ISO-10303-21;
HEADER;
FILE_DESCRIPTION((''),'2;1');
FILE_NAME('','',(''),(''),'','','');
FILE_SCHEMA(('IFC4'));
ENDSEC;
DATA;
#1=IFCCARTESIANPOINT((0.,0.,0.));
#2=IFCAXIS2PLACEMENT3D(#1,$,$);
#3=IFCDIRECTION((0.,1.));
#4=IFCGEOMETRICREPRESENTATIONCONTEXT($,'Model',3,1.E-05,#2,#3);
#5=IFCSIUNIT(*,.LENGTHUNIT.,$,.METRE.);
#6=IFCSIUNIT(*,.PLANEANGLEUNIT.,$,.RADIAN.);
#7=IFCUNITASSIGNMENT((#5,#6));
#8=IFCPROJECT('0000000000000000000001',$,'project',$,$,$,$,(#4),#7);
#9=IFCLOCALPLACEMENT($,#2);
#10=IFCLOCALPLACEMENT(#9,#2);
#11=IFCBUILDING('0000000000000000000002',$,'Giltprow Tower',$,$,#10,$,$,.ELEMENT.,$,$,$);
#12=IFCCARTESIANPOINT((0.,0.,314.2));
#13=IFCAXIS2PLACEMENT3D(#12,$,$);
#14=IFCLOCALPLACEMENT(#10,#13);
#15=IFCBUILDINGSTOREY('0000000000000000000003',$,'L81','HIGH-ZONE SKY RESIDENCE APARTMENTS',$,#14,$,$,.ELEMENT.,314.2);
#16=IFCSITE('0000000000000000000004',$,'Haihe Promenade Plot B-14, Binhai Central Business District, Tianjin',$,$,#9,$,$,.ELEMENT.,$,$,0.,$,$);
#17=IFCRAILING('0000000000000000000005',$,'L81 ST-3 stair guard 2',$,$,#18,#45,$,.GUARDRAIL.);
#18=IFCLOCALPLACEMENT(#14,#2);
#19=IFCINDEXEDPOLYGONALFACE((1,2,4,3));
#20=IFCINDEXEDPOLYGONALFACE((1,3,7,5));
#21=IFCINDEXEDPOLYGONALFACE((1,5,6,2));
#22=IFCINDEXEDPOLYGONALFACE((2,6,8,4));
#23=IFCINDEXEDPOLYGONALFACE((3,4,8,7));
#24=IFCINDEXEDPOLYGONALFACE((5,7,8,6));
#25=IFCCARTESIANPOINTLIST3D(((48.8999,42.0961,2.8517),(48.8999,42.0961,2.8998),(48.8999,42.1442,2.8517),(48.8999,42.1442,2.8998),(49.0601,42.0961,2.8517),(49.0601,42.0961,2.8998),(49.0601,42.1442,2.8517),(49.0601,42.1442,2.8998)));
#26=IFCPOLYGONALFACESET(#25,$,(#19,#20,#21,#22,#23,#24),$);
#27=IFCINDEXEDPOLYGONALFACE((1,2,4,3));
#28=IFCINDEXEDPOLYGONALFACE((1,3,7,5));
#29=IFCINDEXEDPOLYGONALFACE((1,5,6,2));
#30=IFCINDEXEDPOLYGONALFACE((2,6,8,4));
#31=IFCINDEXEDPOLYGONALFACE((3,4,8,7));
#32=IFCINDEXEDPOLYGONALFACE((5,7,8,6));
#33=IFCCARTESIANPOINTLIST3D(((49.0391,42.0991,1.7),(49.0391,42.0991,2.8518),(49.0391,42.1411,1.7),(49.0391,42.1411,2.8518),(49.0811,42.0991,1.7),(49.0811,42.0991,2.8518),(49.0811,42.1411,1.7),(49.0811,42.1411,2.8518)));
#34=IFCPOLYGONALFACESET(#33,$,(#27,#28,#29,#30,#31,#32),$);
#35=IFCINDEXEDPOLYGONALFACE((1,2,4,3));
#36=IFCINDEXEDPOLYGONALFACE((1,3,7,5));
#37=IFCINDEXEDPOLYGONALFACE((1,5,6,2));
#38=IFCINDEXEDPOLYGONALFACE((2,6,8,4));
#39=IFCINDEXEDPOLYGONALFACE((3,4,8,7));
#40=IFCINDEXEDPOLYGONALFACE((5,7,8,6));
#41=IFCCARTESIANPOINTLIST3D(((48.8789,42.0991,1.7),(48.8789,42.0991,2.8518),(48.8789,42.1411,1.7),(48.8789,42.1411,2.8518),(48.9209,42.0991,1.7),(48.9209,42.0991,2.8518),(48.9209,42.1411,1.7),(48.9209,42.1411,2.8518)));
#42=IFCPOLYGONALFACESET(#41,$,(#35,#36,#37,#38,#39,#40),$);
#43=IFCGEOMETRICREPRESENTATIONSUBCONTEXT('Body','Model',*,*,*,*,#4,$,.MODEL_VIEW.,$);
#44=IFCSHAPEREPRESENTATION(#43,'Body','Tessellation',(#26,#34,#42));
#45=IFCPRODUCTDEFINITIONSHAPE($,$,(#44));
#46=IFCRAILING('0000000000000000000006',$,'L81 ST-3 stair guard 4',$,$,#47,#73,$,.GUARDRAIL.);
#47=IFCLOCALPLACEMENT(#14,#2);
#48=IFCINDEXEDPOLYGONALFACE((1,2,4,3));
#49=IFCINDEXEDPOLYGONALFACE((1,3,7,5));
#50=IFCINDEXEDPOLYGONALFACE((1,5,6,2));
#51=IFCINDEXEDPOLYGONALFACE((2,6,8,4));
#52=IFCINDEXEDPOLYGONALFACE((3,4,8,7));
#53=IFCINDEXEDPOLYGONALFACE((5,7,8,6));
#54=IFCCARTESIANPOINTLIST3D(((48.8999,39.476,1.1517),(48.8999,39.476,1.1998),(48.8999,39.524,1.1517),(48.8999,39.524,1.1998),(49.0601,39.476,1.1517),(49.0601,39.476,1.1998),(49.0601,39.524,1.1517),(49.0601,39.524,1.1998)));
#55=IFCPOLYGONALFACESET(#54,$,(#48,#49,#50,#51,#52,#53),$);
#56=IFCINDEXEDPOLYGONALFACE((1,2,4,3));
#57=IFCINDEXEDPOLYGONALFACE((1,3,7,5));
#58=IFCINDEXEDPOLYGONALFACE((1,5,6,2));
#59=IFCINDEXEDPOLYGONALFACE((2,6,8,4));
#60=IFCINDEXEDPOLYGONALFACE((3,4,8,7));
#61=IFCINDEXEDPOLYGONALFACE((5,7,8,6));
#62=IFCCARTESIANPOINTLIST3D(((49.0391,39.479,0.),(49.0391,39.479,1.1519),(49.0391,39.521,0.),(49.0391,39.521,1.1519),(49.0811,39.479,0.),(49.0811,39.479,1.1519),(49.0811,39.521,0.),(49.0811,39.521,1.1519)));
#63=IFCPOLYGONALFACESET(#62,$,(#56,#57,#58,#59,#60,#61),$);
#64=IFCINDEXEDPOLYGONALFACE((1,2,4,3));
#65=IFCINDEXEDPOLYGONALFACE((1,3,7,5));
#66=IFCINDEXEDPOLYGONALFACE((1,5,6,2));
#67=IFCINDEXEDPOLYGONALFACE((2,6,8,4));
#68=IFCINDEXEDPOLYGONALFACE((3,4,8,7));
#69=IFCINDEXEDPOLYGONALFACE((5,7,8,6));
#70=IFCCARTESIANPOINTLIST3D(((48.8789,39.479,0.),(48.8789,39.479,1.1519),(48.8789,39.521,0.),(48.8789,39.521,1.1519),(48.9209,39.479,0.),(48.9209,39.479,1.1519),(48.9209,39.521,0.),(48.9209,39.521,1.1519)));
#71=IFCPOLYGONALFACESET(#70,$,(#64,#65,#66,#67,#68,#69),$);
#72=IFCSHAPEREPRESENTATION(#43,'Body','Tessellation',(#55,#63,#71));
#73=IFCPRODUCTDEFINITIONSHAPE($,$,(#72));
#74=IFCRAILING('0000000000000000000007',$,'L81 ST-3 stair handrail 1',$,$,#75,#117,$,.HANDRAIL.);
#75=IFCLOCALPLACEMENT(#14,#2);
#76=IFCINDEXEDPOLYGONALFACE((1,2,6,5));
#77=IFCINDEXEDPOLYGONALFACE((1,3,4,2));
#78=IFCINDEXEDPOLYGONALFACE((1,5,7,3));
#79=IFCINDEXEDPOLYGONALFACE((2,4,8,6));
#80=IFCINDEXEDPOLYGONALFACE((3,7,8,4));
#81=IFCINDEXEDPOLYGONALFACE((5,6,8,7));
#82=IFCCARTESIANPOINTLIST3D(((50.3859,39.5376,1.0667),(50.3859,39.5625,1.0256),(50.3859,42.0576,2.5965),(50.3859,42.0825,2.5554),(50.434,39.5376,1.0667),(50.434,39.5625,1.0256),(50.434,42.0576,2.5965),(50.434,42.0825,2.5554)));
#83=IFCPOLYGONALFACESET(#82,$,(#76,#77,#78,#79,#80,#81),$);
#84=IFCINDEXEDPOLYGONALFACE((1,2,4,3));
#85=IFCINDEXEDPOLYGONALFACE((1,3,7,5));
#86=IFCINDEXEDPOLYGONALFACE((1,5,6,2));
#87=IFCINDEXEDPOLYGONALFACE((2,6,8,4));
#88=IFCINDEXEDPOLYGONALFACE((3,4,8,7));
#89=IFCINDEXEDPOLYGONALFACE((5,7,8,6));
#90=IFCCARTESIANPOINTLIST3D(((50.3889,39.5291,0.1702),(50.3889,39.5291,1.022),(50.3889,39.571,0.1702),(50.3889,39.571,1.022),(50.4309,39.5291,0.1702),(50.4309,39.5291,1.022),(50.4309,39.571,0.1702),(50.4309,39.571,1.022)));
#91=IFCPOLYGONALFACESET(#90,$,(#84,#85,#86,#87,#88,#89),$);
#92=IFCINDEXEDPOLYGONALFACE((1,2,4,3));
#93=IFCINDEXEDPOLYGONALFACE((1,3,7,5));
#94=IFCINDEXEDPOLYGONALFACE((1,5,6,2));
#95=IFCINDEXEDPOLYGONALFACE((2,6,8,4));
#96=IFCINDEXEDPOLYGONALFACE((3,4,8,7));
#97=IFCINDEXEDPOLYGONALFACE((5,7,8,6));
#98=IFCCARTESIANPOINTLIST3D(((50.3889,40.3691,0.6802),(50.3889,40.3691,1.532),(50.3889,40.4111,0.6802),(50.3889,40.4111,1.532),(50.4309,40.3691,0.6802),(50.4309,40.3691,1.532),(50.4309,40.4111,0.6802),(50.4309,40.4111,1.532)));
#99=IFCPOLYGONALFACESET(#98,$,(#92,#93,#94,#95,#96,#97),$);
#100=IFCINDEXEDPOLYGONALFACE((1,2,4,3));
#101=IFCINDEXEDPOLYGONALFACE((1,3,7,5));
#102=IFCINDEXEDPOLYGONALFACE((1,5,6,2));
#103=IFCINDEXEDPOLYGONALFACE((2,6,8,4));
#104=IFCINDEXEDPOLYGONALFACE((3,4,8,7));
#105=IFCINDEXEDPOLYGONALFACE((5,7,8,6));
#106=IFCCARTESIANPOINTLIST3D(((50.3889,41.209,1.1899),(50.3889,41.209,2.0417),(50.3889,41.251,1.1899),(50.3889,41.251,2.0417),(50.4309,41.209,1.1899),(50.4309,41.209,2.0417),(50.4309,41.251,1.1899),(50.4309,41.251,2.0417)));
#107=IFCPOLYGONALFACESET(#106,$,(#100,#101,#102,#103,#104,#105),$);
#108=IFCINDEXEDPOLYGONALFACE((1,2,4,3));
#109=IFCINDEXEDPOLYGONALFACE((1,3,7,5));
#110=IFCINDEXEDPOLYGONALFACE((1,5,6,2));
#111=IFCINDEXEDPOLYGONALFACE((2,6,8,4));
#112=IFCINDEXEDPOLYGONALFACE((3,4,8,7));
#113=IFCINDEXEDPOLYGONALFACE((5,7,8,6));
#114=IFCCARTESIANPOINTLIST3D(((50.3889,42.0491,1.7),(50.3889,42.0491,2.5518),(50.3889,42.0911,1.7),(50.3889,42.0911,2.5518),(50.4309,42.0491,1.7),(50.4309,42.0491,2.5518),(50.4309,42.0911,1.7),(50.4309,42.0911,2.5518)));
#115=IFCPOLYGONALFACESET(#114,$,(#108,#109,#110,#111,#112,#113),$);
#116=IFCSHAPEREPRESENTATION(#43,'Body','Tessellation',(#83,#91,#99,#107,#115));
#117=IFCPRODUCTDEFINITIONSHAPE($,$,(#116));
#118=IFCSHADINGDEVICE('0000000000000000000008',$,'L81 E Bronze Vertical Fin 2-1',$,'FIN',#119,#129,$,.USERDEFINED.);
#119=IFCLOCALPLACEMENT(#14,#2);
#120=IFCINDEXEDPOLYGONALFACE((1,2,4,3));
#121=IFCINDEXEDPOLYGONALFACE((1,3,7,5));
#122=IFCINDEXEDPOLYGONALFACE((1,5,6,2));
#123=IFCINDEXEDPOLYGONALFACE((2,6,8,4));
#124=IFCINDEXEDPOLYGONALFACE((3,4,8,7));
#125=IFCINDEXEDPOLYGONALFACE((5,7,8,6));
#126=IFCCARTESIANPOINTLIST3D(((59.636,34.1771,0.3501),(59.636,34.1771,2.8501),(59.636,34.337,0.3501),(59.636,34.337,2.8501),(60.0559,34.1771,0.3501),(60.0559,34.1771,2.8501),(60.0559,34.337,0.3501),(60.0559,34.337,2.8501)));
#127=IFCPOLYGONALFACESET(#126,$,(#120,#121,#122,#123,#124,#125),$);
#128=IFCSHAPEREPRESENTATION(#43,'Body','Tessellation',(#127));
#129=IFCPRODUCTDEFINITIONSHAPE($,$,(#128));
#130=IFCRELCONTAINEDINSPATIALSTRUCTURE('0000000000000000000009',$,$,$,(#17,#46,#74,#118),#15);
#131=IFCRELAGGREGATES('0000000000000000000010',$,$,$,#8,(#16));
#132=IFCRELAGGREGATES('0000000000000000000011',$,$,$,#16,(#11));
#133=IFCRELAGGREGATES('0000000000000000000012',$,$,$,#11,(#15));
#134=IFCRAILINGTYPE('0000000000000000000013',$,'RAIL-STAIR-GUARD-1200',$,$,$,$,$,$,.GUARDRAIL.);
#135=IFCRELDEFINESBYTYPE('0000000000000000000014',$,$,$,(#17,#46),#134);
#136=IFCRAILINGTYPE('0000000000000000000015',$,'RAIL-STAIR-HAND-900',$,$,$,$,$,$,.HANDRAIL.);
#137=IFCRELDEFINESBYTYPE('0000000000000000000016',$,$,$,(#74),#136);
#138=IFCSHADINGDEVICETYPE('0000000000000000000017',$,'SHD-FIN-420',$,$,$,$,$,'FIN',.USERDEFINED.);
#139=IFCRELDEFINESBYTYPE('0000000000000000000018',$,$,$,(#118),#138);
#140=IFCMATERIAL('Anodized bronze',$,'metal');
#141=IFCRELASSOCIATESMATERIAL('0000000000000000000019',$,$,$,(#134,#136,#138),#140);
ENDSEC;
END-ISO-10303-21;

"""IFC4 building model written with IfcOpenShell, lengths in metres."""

from ifc_helpers import new_model, si_unit, direction, frame, origin, origin_2d, place, context, subcontext, project, spatial, rectangle, extrude, source, transform, mapped, material, type_object, element, save


model = new_model("IFC4")

# Units and contexts
model_context = context("Model", 3, precision=1e-05, world=origin(), true_north=direction((0.0, 1.0)))
body_context = subcontext(model_context, "Body", "Model", "MODEL_VIEW")
ifc_project = project(units=[si_unit("LENGTHUNIT", "METRE"), si_unit("PLANEANGLEUNIT", "RADIAN")], contexts=[model_context])

# Site, building, storey
site_placement = place(None, origin())
site = spatial("IfcSite", under=ifc_project, at=site_placement, Name="Haihe Promenade Plot B-14, Binhai Central Business District, Tianjin", CompositionType="ELEMENT", RefElevation=0.0)
building_placement = place(site_placement, origin())
building = spatial("IfcBuilding", under=site, at=building_placement, Name="Giltprow Tower", CompositionType="ELEMENT")
storey_placement = place(building_placement, frame((0.0, 0.0, 314.2)))
storey = spatial("IfcBuildingStorey", under=building, at=storey_placement, Name="L81", Description="HIGH-ZONE SKY RESIDENCE APARTMENTS", CompositionType="ELEMENT", Elevation=314.2)

# Railings
ifc_material_1 = material(Name="Anodized bronze", Category="metal")
railing_type_1 = type_object("IfcRailingType", Name="RAIL-STAIR-GUARD-1200", PredefinedType="GUARDRAIL", material=ifc_material_1)
for number, where, name in (
    (1, (49.0601, 42.1201, 1.7), "L81 ST-3 stair guard 2"),
    (2, (49.0601, 39.5, 0.0), "L81 ST-3 stair guard 4"),
):
    element("IfcRailing", number, at=place(storey_placement, frame(where)), inside=storey, type_object=railing_type_1, Name=name, PredefinedType="GUARDRAIL", context=body_context, shape_type="SweptSolid", body=[
        extrude(rectangle(XDim=0.0481, YDim=0.0481, at=origin_2d()), frame((0.0, 0.0, 1.1758), z_axis=(-1.0, 0.0, 0.0), x_axis=(0.0, -1.0, 0.0)), (0.0, 0.0, 1.0), 0.1602),
        extrude(rectangle(XDim=0.042, YDim=0.042, at=origin_2d()), origin(), (0.0, 0.0, 1.0), 1.1519),
        extrude(rectangle(XDim=0.042, YDim=0.042, at=origin_2d()), frame((-0.1602, 0.0, 0.0)), (0.0, 0.0, 1.0), 1.1519),
    ])
railing_type_2 = type_object("IfcRailingType", Name="RAIL-STAIR-HAND-900", PredefinedType="HANDRAIL", material=ifc_material_1)
railing_1_placement = place(storey_placement, frame((50.4099, 39.55, 0.1702)))
element("IfcRailing", 3, at=railing_1_placement, inside=storey, type_object=railing_type_2, Name="L81 ST-3 stair handrail 1", PredefinedType="HANDRAIL", context=body_context, shape_type="SweptSolid", body=[
    extrude(rectangle(XDim=0.0481, YDim=0.0481, at=origin_2d()), frame((0.0, 0.0, 0.876), z_axis=(0.0, 0.854822, 0.518922), x_axis=(-1.0, 0.0, 0.0)), (0.0, 0.0, 1.0), 2.948),
    extrude(rectangle(XDim=0.042, YDim=0.042, at=origin_2d()), origin(), (0.0, 0.0, 1.0), 0.8518),
    extrude(rectangle(XDim=0.042, YDim=0.042, at=origin_2d()), frame((0.0, 0.8401, 0.51)), (0.0, 0.0, 1.0), 0.8518),
    extrude(rectangle(XDim=0.042, YDim=0.042, at=origin_2d()), frame((0.0, 1.6799, 1.0198)), (0.0, 0.0, 1.0), 0.8518),
    extrude(rectangle(XDim=0.042, YDim=0.042, at=origin_2d()), frame((0.0, 2.52, 1.5298)), (0.0, 0.0, 1.0), 0.8518),
])

# Shading device
shading_device_type = type_object("IfcShadingDeviceType", Name="SHD-FIN-420", ElementType="FIN", PredefinedType="USERDEFINED", material=ifc_material_1)
shared_shape_1 = source(origin(), body_context, "Body", "SweptSolid", [
    extrude(rectangle(XDim=0.4199, YDim=0.1599, at=origin_2d()), origin(), (0.0, 0.0, 1.0), 2.5),
])
shading_device_placement = place(storey_placement, frame((59.8459, 34.2571, 0.3501), z_axis=(0.0, 0.0, 1.0), x_axis=(1.0, 0.0, 0.0)))
element("IfcShadingDevice", 4, at=shading_device_placement, inside=storey, type_object=shading_device_type, Name="L81 E Bronze Vertical Fin 2-1", ObjectType="FIN", PredefinedType="USERDEFINED", context=body_context, shape_type="MappedRepresentation", body=[
    mapped(shared_shape_1, transform((0.0, 0.0, 0.0), x_axis=(1.0, 0.0, 0.0), y_axis=(0.0, 1.0, 0.0), z_axis=(0.0, 0.0, 1.0), scale=1.0)),
])

save(model, "model.ifc")
